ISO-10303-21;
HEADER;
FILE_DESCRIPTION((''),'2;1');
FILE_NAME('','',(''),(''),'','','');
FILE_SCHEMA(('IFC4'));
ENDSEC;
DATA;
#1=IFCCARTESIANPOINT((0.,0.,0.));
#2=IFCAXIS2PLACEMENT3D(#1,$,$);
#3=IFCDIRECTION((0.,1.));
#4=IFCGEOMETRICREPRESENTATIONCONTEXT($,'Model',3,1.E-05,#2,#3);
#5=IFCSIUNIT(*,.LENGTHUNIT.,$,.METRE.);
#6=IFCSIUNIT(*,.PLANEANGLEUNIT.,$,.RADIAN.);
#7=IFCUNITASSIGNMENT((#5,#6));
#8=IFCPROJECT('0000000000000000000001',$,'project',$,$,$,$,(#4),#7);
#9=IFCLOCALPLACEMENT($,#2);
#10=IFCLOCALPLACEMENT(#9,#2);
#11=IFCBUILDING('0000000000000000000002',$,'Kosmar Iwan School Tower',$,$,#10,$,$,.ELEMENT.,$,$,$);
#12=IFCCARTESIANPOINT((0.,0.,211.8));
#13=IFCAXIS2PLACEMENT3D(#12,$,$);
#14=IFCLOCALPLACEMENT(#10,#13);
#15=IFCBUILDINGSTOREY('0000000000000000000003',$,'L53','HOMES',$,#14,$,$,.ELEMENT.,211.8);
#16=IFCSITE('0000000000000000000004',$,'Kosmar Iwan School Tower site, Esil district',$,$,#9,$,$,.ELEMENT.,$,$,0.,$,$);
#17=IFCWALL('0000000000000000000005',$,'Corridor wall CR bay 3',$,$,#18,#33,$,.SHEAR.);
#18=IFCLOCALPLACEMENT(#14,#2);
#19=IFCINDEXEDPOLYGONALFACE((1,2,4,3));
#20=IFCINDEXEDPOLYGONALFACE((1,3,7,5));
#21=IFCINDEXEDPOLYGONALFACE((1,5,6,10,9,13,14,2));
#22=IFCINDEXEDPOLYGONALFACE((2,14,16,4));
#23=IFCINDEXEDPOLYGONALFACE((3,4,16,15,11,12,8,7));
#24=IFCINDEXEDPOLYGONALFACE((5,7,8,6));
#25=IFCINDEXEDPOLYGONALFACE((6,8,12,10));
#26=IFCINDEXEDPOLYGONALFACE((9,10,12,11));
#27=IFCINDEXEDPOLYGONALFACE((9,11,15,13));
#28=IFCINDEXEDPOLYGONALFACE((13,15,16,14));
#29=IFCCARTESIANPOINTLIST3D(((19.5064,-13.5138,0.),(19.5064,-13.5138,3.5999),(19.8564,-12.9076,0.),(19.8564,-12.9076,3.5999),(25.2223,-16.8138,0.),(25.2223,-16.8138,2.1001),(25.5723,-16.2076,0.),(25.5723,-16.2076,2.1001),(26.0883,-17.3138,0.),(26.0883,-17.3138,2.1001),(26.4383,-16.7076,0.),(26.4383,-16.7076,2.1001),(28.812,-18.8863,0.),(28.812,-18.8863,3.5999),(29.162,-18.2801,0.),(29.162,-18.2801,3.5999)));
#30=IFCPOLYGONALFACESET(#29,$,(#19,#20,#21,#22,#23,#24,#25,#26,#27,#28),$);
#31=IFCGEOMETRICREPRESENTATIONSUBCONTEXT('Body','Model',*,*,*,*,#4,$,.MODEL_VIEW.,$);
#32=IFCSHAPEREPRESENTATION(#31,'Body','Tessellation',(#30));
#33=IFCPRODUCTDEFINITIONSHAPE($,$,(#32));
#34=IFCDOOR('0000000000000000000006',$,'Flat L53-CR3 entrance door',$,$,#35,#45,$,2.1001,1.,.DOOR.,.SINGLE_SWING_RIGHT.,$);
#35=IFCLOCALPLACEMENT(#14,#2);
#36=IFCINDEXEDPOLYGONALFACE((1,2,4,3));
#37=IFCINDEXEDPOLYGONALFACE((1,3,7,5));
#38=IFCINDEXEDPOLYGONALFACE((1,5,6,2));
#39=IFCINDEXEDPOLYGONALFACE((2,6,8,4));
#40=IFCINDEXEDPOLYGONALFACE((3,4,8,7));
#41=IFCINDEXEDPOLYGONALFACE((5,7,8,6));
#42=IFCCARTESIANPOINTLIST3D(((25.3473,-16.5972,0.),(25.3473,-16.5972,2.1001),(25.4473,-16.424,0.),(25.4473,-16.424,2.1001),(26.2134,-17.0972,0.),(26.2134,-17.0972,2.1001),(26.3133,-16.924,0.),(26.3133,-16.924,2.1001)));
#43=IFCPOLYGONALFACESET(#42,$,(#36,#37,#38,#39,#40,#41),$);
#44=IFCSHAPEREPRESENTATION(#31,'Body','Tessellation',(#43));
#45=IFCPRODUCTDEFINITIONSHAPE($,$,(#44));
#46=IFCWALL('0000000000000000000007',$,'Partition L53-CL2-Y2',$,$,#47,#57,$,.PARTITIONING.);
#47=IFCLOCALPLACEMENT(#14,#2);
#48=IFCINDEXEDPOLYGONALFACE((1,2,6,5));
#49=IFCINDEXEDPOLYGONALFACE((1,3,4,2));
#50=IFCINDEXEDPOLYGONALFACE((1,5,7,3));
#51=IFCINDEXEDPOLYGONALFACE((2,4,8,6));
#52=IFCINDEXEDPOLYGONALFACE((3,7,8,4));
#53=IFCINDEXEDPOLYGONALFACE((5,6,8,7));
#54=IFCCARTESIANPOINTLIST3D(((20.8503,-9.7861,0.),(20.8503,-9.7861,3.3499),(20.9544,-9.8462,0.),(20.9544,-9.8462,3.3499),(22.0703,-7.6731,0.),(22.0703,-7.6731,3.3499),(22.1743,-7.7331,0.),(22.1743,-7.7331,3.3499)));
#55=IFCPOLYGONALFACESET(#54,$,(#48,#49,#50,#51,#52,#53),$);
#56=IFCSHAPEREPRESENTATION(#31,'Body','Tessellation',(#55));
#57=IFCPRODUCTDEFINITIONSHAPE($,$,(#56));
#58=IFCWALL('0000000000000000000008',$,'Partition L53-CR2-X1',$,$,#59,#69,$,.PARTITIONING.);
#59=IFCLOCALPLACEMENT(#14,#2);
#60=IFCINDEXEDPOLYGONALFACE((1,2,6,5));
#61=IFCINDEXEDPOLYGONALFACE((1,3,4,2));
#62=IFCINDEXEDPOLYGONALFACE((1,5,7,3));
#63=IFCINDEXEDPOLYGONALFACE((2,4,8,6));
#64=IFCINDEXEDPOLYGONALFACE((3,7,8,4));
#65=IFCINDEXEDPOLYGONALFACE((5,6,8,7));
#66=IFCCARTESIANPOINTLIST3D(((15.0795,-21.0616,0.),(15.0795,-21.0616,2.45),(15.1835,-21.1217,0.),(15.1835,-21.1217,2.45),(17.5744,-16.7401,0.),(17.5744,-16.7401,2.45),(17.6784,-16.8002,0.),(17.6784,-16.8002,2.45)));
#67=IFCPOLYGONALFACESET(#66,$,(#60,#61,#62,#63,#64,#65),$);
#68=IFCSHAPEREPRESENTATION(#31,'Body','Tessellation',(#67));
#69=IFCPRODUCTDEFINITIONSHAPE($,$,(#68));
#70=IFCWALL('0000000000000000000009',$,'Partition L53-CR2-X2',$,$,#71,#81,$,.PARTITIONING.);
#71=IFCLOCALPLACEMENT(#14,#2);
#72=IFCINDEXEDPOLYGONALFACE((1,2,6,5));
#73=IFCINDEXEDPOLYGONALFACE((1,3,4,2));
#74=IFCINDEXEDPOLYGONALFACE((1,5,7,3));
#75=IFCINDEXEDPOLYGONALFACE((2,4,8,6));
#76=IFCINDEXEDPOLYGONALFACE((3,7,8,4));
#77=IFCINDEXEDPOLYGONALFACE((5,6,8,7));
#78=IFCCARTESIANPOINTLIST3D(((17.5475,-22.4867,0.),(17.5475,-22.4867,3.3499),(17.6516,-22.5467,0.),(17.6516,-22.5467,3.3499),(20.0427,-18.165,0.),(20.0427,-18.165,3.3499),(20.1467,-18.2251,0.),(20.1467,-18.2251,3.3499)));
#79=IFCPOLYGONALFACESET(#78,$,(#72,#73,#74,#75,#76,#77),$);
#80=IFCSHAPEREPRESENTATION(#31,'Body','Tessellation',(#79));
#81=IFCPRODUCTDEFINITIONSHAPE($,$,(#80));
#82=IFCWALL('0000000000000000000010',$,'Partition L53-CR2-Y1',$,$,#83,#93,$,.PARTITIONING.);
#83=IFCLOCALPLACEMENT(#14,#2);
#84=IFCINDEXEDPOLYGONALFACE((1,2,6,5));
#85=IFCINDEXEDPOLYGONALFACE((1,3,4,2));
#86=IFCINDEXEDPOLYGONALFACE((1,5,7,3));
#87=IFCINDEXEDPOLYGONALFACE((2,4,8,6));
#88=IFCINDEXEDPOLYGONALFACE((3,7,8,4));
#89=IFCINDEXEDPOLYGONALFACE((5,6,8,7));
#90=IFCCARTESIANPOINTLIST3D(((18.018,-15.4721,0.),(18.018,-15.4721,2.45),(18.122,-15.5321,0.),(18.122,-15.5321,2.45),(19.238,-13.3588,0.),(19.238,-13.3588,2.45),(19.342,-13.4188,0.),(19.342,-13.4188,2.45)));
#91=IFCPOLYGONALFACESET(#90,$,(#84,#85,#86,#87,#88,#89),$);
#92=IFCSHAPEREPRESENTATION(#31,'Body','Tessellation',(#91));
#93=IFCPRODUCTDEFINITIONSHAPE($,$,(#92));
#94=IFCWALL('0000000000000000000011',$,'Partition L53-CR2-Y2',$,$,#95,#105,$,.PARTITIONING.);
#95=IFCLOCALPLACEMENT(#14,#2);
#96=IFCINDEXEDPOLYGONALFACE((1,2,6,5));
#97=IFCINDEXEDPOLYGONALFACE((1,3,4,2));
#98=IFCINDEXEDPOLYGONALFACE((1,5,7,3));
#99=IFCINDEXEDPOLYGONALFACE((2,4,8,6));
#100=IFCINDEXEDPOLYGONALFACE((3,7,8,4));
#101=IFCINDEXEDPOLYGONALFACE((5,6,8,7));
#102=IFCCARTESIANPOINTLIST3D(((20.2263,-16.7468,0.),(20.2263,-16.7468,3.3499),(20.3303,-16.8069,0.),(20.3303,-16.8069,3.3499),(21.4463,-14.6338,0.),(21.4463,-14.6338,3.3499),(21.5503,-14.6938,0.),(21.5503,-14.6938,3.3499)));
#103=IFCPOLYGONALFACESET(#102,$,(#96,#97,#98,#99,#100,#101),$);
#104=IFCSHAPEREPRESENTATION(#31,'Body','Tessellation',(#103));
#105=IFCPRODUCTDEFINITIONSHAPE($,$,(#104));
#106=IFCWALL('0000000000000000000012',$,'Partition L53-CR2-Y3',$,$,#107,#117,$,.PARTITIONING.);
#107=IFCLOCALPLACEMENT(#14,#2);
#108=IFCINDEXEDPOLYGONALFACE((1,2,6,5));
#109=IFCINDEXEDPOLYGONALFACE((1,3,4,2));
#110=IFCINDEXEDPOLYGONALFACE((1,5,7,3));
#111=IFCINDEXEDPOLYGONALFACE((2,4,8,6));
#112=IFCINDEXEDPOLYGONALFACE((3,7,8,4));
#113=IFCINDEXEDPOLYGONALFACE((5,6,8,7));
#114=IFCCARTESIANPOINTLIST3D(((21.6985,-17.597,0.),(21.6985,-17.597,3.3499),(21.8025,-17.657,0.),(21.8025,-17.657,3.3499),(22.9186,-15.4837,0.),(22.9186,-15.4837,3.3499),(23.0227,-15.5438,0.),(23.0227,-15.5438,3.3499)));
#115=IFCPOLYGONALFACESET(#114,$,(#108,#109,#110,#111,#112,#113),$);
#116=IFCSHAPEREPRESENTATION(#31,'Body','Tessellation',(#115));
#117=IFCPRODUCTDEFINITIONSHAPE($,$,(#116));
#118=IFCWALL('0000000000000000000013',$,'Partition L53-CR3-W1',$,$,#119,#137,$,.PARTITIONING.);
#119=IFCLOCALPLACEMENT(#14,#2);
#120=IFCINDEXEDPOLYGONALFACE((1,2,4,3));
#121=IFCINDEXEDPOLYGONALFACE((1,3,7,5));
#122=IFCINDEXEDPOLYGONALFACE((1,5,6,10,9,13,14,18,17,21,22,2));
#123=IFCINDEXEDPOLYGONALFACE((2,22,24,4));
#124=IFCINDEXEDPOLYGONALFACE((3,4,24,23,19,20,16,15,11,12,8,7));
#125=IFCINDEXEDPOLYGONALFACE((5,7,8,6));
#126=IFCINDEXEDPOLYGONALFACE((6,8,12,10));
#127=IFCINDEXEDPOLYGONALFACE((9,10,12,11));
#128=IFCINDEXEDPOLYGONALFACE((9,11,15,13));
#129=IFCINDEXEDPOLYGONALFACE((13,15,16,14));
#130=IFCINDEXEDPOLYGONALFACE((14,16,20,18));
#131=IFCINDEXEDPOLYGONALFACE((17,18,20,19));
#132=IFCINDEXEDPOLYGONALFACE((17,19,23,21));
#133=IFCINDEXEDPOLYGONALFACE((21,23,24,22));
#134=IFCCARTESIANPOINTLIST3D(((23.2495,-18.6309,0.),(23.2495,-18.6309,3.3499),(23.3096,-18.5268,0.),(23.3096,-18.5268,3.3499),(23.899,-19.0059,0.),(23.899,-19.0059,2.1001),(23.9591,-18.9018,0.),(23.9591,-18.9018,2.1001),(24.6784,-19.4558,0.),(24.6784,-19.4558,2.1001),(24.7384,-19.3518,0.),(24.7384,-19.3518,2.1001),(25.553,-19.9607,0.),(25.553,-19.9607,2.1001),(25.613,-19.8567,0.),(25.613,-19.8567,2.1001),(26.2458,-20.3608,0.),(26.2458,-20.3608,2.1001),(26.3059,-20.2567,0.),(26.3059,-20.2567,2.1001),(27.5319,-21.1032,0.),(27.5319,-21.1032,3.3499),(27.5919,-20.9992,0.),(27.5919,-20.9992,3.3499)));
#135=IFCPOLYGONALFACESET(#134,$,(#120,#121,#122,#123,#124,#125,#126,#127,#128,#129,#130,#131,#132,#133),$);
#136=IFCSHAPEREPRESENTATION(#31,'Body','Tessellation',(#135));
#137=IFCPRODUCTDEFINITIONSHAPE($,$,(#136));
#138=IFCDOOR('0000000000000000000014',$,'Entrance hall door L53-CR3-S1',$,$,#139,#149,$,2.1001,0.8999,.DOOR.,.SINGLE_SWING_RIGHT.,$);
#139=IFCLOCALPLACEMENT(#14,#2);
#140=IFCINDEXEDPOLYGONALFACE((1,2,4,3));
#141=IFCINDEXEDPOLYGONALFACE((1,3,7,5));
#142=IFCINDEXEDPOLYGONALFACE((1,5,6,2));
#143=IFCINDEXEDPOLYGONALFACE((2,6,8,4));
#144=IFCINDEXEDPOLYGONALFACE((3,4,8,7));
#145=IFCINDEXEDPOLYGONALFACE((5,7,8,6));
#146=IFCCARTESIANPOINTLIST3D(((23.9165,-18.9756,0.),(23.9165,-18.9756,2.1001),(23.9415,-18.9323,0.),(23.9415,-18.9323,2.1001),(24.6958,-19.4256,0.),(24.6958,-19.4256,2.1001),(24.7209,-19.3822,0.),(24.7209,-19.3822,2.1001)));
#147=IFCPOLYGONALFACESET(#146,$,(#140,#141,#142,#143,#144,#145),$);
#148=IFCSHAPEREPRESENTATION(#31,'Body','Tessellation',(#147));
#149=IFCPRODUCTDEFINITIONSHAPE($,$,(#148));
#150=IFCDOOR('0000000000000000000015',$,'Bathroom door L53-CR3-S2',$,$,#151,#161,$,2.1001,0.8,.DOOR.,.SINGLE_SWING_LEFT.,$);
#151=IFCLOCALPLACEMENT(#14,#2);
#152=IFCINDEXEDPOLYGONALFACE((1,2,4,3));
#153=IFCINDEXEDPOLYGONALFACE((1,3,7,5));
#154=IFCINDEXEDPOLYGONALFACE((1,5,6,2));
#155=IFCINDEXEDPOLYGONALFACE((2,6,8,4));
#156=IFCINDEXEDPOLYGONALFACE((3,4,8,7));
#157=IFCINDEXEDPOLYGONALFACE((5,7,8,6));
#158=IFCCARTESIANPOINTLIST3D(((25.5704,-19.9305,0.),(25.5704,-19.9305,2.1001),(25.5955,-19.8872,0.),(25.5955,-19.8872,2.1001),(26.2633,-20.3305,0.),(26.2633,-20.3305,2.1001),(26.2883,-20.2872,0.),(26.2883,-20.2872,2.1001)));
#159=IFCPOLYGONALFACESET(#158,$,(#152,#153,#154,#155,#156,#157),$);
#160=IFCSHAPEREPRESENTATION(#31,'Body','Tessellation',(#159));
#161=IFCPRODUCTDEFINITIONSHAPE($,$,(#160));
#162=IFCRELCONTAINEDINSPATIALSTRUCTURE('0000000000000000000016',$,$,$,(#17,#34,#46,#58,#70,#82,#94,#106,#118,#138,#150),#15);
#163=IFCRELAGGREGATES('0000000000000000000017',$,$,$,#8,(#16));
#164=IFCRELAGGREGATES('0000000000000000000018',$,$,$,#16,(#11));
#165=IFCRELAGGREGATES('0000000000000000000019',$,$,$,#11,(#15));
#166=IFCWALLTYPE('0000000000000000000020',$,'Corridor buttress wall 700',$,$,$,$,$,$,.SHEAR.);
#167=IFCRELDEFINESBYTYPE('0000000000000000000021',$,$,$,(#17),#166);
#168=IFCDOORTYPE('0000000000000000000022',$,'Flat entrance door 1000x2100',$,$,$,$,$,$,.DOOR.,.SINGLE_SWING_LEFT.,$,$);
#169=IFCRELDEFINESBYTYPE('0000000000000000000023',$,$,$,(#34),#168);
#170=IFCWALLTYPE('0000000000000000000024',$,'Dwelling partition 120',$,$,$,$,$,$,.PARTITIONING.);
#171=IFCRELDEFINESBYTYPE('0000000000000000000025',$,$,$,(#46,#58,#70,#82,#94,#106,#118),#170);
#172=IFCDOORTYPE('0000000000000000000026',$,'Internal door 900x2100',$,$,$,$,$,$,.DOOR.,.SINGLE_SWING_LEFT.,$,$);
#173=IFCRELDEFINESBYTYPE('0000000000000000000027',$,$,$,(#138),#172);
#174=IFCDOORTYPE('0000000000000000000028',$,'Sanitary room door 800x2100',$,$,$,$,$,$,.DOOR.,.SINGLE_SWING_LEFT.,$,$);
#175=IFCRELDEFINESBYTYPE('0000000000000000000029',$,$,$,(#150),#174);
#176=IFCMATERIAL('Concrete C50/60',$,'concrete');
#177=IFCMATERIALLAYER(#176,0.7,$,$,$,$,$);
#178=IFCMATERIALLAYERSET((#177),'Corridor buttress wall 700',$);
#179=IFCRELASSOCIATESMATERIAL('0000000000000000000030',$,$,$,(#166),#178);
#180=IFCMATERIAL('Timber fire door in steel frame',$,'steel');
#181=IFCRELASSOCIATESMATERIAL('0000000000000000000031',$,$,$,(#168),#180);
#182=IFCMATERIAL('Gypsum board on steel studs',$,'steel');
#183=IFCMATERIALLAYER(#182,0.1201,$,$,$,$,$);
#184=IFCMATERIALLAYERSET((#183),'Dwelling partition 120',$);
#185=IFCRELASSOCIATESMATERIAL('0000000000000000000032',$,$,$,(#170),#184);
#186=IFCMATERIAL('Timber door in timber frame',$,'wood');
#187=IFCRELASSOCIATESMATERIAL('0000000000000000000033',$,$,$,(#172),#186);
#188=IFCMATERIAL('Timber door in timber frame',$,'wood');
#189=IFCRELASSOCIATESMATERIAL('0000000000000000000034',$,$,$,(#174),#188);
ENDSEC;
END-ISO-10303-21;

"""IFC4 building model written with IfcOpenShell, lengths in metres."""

from ifc_helpers import new_model, si_unit, direction, frame, frame_2d, origin, place, context, subcontext, project, spatial, rectangle, extrude, material, layer, layer_set, type_object, element, fill, save


model = new_model("IFC4")

# Units and contexts
model_context = context("Model", 3, precision=1e-05, world=origin(), true_north=direction((0.0, 1.0)))
body_context = subcontext(model_context, "Body", "Model", "MODEL_VIEW")
ifc_project = project(units=[si_unit("LENGTHUNIT", "METRE"), si_unit("PLANEANGLEUNIT", "RADIAN")], contexts=[model_context])

# Site, building, storey
site_placement = place(None, origin())
site = spatial("IfcSite", under=ifc_project, at=site_placement, Name="Kosmar Iwan School Tower site, Esil district", CompositionType="ELEMENT", RefElevation=0.0)
building_placement = place(site_placement, origin())
building = spatial("IfcBuilding", under=site, at=building_placement, Name="Kosmar Iwan School Tower", CompositionType="ELEMENT")
storey_placement = place(building_placement, frame((0.0, 0.0, 211.8)))
storey = spatial("IfcBuildingStorey", under=building, at=storey_placement, Name="L53", Description="HOMES", CompositionType="ELEMENT", Elevation=211.8)

# Shared definitions
ifc_material_1 = material(Name="Concrete C50/60", Category="concrete")
ifc_layer_1 = layer(ifc_material_1, 0.7)
ifc_layer_set_1 = layer_set([ifc_layer_1], Name="Corridor buttress wall 700")
wall_type_1 = type_object("IfcWallType", Name="Corridor buttress wall 700", PredefinedType="SHEAR", material=ifc_layer_set_1)
ifc_material_2 = material(Name="Timber fire door in steel frame", Category="steel")
door_type_1 = type_object("IfcDoorType", Name="Flat entrance door 1000x2100", OperationType="SINGLE_SWING_LEFT", PredefinedType="DOOR", material=ifc_material_2)

# Wall, opening, door
wall_1_placement = place(storey_placement, frame((19.6814, -13.2107, 0.0), z_axis=(0.0, 0.0, 1.0), x_axis=(0.866028, -0.499995, 0.0)))
wall_1 = element("IfcWall", 1, at=wall_1_placement, inside=storey, type_object=wall_type_1, Name="Corridor wall CR bay 3", PredefinedType="SHEAR", context=body_context, shape_type="SweptSolid", body=[
    extrude(rectangle(XDim=10.7451, YDim=0.7, at=frame_2d((5.3726, 0.0))), origin(), (0.0, 0.0, 1.0), 3.5999),
])
opening_1_placement = place(wall_1_placement, frame((6.6001, 0.0, 0.0)))
opening_1 = element("IfcOpeningElement", 2, at=opening_1_placement, cuts=wall_1, PredefinedType="OPENING", context=body_context, shape_type="SweptSolid", body=[
    extrude(rectangle(XDim=1.0, YDim=2.1001, at=frame_2d((0.5, 1.05))), frame((0.0, 0.3621, 0.0), z_axis=(0.0, -1.0, 0.0), x_axis=(1.0, 0.0, 0.0)), (0.0, 0.0, 1.0), 0.7239),
])
door_1_placement = place(opening_1_placement, origin())
door_1 = element("IfcDoor", 3, at=door_1_placement, inside=storey, type_object=door_type_1, Name="Flat L53-CR3 entrance door", OperationType="SINGLE_SWING_RIGHT", OverallHeight=2.1001, OverallWidth=1.0, PredefinedType="DOOR", context=body_context, shape_type="SweptSolid", body=[
    extrude(rectangle(XDim=1.0, YDim=2.1001, at=frame_2d((0.5, 1.05))), frame((0.0, 0.1001, 0.0), z_axis=(0.0, -1.0, 0.0), x_axis=(1.0, 0.0, 0.0)), (0.0, 0.0, 1.0), 0.2),
])
fill(opening_1, door_1)

# Walls
ifc_material_3 = material(Name="Gypsum board on steel studs", Category="steel")
ifc_layer_2 = layer(ifc_material_3, 0.1201)
ifc_layer_set_2 = layer_set([ifc_layer_2], Name="Dwelling partition 120")
wall_type_2 = type_object("IfcWallType", Name="Dwelling partition 120", PredefinedType="PARTITIONING", material=ifc_layer_set_2)
wall_2_placement = place(storey_placement, frame((20.9023, -9.8162, 0.0), z_axis=(0.0, 0.0, 1.0), x_axis=(0.500003, 0.866024, 0.0)))
element("IfcWall", 4, at=wall_2_placement, inside=storey, type_object=wall_type_2, Name="Partition L53-CL2-Y2", PredefinedType="PARTITIONING", context=body_context, shape_type="SweptSolid", body=[
    extrude(rectangle(XDim=2.4399, YDim=0.1201, at=frame_2d((1.22, 0.0))), origin(), (0.0, 0.0, 1.0), 3.3499),
])
wall_3_placement = place(storey_placement, frame((17.6265, -16.77, 0.0), z_axis=(0.0, 0.0, 1.0), x_axis=(-0.499975, -0.86604, 0.0)))
element("IfcWall", 5, at=wall_3_placement, inside=storey, type_object=wall_type_2, Name="Partition L53-CR2-X1", PredefinedType="PARTITIONING", context=body_context, shape_type="SweptSolid", body=[
    extrude(rectangle(XDim=4.99, YDim=0.1201, at=frame_2d((2.4951, 0.0))), origin(), (0.0, 0.0, 1.0), 2.45),
])
wall_4_placement = place(storey_placement, frame((20.0947, -18.1951, 0.0), z_axis=(0.0, 0.0, 1.0), x_axis=(-0.500012, -0.866019, 0.0)))
element("IfcWall", 6, at=wall_4_placement, inside=storey, type_object=wall_type_2, Name="Partition L53-CR2-X2", PredefinedType="PARTITIONING", context=body_context, shape_type="SweptSolid", body=[
    extrude(rectangle(XDim=4.9902, YDim=0.1201, at=frame_2d((2.4951, 0.0))), origin(), (0.0, 0.0, 1.0), 3.3499),
])
wall_5_placement = place(storey_placement, frame((19.29, -13.3887, 0.0), z_axis=(0.0, 0.0, 1.0), x_axis=(-0.499959, -0.866049, 0.0)))
element("IfcWall", 7, at=wall_5_placement, inside=storey, type_object=wall_type_2, Name="Partition L53-CR2-Y1", PredefinedType="PARTITIONING", context=body_context, shape_type="SweptSolid", body=[
    extrude(rectangle(XDim=2.4402, YDim=0.1201, at=frame_2d((1.2202, 0.0))), origin(), (0.0, 0.0, 1.0), 2.45),
])
wall_6_placement = place(storey_placement, frame((21.4983, -14.6638, 0.0), z_axis=(0.0, 0.0, 1.0), x_axis=(-0.500003, -0.866024, 0.0)))
element("IfcWall", 8, at=wall_6_placement, inside=storey, type_object=wall_type_2, Name="Partition L53-CR2-Y2", PredefinedType="PARTITIONING", context=body_context, shape_type="SweptSolid", body=[
    extrude(rectangle(XDim=2.4399, YDim=0.1201, at=frame_2d((1.22, 0.0))), origin(), (0.0, 0.0, 1.0), 3.3499),
])
wall_7_placement = place(storey_placement, frame((22.9707, -15.5137, 0.0), z_axis=(0.0, 0.0, 1.0), x_axis=(-0.500034, -0.866006, 0.0)))
element("IfcWall", 9, at=wall_7_placement, inside=storey, type_object=wall_type_2, Name="Partition L53-CR2-Y3", PredefinedType="PARTITIONING", context=body_context, shape_type="SweptSolid", body=[
    extrude(rectangle(XDim=2.4402, YDim=0.1201, at=frame_2d((1.2202, 0.0))), origin(), (0.0, 0.0, 1.0), 3.3499),
])

# Wall, openings, doors
wall_8_placement = place(storey_placement, frame((23.2795, -18.5789, 0.0), z_axis=(0.0, 0.0, 1.0), x_axis=(0.866032, -0.499989, 0.0)))
wall_8 = element("IfcWall", 10, at=wall_8_placement, inside=storey, type_object=wall_type_2, Name="Partition L53-CR3-W1", PredefinedType="PARTITIONING", context=body_context, shape_type="SweptSolid", body=[
    extrude(rectangle(XDim=4.9448, YDim=0.1201, at=frame_2d((2.4724, 0.0))), origin(), (0.0, 0.0, 1.0), 3.3499),
])
opening_2_placement = place(wall_8_placement, frame((0.75, 0.0, 0.0)))
opening_2 = element("IfcOpeningElement", 11, at=opening_2_placement, cuts=wall_8, PredefinedType="OPENING", context=body_context, shape_type="SweptSolid", body=[
    extrude(rectangle(XDim=0.8999, YDim=2.1001, at=frame_2d((0.45, 1.05))), frame((0.0, 0.072, 0.0), z_axis=(0.0, -1.0, 0.0), x_axis=(1.0, 0.0, 0.0)), (0.0, 0.0, 1.0), 0.144),
])
opening_3_placement = place(wall_8_placement, frame((2.6599, 0.0, 0.0)))
opening_3 = element("IfcOpeningElement", 12, at=opening_3_placement, cuts=wall_8, PredefinedType="OPENING", context=body_context, shape_type="SweptSolid", body=[
    extrude(rectangle(XDim=0.8, YDim=2.1001, at=frame_2d((0.3999, 1.05))), frame((0.0, 0.072, 0.0), z_axis=(0.0, -1.0, 0.0), x_axis=(1.0, 0.0, 0.0)), (0.0, 0.0, 1.0), 0.144),
])
ifc_material_4 = material(Name="Timber door in timber frame", Category="wood")
door_type_2 = type_object("IfcDoorType", Name="Internal door 900x2100", OperationType="SINGLE_SWING_LEFT", PredefinedType="DOOR", material=ifc_material_4)
door_2_placement = place(opening_2_placement, origin())
door_2 = element("IfcDoor", 13, at=door_2_placement, inside=storey, type_object=door_type_2, Name="Entrance hall door L53-CR3-S1", OperationType="SINGLE_SWING_RIGHT", OverallHeight=2.1001, OverallWidth=0.8999, PredefinedType="DOOR", context=body_context, shape_type="SweptSolid", body=[
    extrude(rectangle(XDim=0.8999, YDim=2.1001, at=frame_2d((0.45, 1.05))), frame((0.0, 0.0249, 0.0), z_axis=(0.0, -1.0, 0.0), x_axis=(1.0, 0.0, 0.0)), (0.0, 0.0, 1.0), 0.05),
])
fill(opening_2, door_2)
ifc_material_5 = material(Name="Timber door in timber frame", Category="wood")
door_type_3 = type_object("IfcDoorType", Name="Sanitary room door 800x2100", OperationType="SINGLE_SWING_LEFT", PredefinedType="DOOR", material=ifc_material_5)
door_3_placement = place(opening_3_placement, origin())
door_3 = element("IfcDoor", 14, at=door_3_placement, inside=storey, type_object=door_type_3, Name="Bathroom door L53-CR3-S2", OperationType="SINGLE_SWING_LEFT", OverallHeight=2.1001, OverallWidth=0.8, PredefinedType="DOOR", context=body_context, shape_type="SweptSolid", body=[
    extrude(rectangle(XDim=0.8, YDim=2.1001, at=frame_2d((0.3999, 1.05))), frame((0.0, 0.0249, 0.0), z_axis=(0.0, -1.0, 0.0), x_axis=(1.0, 0.0, 0.0)), (0.0, 0.0, 1.0), 0.05),
])
fill(opening_3, door_3)

save(model, "model.ifc")
